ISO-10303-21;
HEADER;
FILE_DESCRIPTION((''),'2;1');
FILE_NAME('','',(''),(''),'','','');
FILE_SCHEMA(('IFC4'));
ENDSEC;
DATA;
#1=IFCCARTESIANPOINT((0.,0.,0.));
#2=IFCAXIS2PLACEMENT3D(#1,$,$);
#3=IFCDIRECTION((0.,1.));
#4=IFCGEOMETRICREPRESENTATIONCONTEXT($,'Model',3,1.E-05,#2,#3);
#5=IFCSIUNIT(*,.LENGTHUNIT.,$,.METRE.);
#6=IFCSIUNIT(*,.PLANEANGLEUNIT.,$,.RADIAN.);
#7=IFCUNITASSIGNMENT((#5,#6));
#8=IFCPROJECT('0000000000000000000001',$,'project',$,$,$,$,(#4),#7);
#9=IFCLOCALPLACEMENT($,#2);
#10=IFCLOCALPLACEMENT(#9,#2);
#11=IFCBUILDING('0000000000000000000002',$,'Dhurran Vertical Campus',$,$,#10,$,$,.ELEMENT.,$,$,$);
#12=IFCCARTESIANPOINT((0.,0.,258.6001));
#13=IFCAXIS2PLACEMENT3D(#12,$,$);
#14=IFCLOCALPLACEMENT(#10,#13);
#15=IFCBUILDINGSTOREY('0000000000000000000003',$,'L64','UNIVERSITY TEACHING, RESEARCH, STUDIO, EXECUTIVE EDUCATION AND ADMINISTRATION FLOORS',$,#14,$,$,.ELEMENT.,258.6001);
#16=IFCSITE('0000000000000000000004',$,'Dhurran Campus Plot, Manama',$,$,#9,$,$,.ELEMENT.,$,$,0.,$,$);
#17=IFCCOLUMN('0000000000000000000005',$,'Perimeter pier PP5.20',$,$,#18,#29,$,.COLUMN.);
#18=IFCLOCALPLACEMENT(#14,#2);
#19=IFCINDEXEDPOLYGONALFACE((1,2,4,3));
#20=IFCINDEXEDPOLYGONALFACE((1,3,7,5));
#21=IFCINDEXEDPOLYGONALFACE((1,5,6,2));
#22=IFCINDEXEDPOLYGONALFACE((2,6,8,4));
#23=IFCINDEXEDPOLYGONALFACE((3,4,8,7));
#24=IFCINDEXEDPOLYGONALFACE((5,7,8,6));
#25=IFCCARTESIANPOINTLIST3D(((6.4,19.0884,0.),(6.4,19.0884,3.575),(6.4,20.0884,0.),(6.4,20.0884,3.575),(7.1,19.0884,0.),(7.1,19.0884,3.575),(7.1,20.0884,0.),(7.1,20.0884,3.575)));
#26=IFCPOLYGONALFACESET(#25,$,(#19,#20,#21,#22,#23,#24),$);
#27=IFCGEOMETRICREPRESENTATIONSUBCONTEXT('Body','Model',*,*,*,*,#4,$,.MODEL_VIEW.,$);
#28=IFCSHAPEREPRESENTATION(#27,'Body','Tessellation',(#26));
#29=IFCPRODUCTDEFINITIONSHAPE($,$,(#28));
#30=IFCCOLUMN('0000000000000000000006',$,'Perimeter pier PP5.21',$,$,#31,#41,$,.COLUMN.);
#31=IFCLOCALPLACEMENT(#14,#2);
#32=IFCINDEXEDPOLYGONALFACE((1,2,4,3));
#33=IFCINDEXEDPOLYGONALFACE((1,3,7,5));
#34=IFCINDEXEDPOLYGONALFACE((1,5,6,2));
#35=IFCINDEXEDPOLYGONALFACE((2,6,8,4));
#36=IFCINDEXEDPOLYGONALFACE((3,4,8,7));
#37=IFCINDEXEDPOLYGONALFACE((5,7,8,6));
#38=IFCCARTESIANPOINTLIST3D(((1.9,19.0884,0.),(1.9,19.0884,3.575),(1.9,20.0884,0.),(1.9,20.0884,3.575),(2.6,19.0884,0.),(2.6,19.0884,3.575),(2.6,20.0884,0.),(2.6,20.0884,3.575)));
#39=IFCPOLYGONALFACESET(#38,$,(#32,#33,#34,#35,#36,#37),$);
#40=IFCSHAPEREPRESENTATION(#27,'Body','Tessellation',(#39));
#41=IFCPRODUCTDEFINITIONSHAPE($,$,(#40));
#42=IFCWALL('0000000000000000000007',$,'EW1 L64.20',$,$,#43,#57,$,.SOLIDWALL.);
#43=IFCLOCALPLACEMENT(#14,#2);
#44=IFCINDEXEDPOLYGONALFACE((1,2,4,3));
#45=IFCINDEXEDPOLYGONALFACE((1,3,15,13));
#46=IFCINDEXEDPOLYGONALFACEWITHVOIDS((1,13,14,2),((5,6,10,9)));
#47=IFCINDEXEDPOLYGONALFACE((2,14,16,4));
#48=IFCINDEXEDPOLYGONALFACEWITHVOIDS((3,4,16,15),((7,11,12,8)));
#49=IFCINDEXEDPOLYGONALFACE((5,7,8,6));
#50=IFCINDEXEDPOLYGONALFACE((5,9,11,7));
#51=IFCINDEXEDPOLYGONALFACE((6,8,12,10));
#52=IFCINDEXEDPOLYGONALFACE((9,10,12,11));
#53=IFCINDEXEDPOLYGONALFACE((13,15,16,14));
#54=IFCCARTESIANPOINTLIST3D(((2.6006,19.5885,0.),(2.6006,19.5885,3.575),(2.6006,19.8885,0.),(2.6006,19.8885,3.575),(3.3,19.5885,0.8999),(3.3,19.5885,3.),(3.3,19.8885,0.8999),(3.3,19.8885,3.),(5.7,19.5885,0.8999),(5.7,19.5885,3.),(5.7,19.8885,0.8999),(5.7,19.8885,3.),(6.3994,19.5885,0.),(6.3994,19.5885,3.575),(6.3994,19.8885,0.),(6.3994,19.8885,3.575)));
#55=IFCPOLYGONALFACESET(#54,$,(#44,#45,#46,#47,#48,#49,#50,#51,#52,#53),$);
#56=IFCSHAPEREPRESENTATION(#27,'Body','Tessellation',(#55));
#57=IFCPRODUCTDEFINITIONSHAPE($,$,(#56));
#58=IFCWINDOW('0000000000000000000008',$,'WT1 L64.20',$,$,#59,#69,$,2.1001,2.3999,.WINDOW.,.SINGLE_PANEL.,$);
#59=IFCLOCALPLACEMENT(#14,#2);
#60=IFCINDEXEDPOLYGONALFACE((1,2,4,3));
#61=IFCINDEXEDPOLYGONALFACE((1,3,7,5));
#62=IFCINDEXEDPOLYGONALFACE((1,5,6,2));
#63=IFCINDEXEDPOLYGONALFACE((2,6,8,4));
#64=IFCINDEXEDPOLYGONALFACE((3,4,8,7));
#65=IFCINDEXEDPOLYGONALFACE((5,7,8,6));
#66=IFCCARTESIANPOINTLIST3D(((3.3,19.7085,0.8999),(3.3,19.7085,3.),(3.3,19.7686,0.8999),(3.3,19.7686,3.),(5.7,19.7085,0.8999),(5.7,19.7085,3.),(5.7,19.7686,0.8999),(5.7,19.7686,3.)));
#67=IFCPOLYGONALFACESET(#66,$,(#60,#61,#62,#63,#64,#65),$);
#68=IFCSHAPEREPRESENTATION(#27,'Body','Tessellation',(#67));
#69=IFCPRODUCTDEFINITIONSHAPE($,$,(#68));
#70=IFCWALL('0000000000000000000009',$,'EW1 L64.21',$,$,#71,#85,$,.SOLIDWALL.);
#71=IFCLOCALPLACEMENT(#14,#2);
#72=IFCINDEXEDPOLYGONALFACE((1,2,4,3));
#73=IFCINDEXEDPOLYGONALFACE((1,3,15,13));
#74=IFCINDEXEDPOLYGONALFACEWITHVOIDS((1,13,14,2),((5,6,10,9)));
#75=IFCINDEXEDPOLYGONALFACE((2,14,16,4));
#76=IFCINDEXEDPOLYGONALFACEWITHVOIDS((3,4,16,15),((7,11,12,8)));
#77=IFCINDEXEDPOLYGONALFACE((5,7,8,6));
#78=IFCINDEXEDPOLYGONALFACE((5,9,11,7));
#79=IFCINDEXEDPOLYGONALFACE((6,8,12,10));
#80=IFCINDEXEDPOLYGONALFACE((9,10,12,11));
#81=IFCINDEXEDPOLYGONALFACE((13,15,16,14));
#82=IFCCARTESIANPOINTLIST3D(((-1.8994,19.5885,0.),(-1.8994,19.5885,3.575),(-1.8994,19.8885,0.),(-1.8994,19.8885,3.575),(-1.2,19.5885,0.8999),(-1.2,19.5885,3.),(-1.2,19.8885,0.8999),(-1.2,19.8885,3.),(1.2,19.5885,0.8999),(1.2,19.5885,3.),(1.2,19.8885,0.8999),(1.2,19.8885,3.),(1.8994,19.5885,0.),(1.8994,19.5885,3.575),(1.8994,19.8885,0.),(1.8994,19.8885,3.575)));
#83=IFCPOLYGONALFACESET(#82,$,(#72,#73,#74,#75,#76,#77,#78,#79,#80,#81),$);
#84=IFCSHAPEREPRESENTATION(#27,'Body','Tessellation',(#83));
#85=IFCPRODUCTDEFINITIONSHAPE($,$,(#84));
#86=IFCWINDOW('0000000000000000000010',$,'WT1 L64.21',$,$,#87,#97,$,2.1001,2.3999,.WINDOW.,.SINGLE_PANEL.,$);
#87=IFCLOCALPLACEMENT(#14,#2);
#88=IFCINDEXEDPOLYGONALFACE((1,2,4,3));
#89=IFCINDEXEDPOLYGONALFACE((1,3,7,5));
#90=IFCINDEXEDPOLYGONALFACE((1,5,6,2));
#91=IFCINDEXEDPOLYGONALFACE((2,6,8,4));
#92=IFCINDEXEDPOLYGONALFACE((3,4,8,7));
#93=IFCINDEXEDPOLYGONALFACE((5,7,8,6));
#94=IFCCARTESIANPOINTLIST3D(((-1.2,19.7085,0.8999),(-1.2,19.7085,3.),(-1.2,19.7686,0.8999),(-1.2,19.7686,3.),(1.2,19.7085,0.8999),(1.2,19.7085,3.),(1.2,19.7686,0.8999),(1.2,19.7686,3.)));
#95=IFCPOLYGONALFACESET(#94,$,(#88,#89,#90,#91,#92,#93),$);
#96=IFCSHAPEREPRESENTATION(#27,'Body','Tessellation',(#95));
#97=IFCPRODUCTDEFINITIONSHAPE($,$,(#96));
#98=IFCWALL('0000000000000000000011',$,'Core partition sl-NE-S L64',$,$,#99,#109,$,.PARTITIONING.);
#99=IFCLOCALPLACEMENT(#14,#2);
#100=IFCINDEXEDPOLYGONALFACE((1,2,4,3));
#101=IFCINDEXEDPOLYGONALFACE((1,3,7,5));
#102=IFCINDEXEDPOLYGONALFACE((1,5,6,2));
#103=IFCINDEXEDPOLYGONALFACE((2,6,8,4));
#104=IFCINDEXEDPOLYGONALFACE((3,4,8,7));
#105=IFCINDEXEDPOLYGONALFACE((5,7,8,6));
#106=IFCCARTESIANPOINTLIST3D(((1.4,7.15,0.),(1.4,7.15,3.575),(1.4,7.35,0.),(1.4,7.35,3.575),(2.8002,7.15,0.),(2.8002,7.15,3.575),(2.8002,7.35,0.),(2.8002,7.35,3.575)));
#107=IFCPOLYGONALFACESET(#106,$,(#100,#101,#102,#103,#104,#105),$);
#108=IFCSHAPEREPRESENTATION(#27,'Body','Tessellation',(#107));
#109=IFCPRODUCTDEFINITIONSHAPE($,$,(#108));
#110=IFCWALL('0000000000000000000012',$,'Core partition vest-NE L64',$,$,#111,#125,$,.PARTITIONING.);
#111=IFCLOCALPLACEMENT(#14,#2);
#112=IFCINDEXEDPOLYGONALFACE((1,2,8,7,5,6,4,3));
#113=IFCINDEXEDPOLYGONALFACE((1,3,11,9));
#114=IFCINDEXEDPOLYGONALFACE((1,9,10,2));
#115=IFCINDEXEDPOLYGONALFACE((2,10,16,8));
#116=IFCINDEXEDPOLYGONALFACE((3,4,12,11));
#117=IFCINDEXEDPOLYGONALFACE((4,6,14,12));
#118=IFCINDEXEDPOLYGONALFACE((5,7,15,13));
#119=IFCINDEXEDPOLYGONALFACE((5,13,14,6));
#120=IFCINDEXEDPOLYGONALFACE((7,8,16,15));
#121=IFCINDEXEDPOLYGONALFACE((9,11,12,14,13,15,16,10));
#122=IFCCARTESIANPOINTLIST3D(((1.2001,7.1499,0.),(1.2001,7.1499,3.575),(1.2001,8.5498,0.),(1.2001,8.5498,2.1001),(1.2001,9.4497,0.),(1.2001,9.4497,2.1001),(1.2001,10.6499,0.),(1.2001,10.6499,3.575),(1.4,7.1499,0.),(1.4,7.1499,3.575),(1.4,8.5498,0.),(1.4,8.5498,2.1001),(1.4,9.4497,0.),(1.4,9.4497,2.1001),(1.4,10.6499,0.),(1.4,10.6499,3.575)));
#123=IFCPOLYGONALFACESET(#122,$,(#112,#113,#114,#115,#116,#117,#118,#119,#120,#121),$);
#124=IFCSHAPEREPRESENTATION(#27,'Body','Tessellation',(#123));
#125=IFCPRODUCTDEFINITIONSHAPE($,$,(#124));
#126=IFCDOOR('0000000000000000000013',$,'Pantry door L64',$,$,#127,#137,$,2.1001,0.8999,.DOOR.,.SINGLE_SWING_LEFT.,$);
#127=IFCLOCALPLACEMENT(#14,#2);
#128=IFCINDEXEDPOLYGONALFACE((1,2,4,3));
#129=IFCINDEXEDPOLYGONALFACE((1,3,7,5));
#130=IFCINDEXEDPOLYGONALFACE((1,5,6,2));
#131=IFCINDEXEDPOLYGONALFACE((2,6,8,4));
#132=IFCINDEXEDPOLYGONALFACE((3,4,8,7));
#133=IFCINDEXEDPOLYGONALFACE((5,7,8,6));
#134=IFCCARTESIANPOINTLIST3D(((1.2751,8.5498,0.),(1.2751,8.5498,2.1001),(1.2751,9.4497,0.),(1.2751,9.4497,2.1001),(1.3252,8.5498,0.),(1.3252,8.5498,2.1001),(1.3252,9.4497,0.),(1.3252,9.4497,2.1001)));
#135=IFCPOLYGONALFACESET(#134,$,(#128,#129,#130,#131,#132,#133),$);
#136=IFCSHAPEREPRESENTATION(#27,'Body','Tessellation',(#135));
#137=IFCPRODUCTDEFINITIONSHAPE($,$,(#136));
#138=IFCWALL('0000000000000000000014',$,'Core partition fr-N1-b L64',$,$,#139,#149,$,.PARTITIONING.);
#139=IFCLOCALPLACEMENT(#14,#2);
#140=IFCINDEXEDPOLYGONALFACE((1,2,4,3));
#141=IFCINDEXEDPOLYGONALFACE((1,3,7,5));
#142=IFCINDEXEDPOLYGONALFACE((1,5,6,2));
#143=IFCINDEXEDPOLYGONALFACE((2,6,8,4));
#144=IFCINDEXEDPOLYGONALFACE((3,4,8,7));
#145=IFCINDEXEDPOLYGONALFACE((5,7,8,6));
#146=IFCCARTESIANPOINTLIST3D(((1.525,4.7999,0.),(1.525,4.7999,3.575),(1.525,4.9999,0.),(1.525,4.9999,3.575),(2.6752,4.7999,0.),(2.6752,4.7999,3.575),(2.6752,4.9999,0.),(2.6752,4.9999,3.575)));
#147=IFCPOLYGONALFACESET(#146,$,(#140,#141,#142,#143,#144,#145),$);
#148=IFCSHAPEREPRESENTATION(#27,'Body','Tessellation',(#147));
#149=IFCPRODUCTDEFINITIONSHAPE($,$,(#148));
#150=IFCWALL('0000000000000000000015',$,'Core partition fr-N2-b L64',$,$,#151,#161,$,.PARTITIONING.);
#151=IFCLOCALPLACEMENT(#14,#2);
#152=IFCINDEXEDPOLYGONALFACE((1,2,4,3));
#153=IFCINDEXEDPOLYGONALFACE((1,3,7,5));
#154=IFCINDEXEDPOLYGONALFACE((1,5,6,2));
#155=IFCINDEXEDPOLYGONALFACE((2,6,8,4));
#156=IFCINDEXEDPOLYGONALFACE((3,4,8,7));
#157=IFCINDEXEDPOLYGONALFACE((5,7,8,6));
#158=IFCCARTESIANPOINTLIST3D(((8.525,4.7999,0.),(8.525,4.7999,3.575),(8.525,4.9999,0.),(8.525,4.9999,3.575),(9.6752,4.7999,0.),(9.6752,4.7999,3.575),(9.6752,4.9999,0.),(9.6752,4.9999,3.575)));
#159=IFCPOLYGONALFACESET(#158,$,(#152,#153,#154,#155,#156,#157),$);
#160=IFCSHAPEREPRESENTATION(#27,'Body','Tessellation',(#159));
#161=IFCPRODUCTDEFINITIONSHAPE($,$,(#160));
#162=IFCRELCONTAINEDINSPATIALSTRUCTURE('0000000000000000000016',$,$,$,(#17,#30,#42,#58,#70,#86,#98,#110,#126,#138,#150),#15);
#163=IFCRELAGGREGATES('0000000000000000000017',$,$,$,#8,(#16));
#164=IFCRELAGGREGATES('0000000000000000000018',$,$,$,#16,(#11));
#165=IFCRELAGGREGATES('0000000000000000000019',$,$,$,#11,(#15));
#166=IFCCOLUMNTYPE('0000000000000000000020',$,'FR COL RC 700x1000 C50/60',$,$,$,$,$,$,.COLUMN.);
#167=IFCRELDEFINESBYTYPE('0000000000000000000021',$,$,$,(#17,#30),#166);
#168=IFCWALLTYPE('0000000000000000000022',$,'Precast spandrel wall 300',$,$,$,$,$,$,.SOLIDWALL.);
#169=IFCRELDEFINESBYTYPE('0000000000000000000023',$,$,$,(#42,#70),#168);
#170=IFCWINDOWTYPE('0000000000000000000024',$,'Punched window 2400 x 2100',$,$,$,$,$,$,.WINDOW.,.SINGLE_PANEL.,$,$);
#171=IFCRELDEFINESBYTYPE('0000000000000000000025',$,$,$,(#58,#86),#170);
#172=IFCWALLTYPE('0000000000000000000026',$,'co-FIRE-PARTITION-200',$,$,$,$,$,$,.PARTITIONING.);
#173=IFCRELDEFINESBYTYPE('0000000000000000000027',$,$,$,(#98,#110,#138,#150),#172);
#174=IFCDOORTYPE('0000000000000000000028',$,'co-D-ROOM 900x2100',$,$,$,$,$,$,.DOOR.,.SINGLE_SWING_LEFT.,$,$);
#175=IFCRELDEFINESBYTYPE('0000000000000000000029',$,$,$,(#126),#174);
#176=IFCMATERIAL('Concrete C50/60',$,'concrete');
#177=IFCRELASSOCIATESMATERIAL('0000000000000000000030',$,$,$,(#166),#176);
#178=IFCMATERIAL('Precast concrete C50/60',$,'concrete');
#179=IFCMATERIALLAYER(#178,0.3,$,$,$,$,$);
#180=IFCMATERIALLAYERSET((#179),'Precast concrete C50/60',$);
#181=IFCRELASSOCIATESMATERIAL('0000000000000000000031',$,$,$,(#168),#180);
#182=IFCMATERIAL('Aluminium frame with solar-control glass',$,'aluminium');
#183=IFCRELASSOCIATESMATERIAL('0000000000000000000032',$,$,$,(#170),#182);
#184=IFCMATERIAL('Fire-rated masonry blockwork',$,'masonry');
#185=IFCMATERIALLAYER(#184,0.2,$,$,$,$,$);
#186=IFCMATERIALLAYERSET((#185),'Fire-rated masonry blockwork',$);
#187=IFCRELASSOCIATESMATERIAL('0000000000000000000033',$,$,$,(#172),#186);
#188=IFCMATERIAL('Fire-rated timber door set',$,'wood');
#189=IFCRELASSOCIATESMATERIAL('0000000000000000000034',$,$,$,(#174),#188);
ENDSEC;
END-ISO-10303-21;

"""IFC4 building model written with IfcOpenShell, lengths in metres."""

from ifc_helpers import new_model, si_unit, direction, frame, frame_2d, origin, origin_2d, place, context, subcontext, project, spatial, rectangle, extrude, material, layer, layer_set, material_profile, profile_set, type_object, element, fill, save


model = new_model("IFC4")

# Units and contexts
model_context = context("Model", 3, precision=1e-05, world=origin(), true_north=direction((0.0, 1.0)))
body_context = subcontext(model_context, "Body", "Model", "MODEL_VIEW")
ifc_project = project(units=[si_unit("LENGTHUNIT", "METRE"), si_unit("PLANEANGLEUNIT", "RADIAN")], contexts=[model_context])

# Site, building, storey
site_placement = place(None, origin())
site = spatial("IfcSite", under=ifc_project, at=site_placement, Name="Dhurran Campus Plot, Manama", CompositionType="ELEMENT", RefElevation=0.0)
building_placement = place(site_placement, origin())
building = spatial("IfcBuilding", under=site, at=building_placement, Name="Dhurran Vertical Campus", CompositionType="ELEMENT")
storey_placement = place(building_placement, frame((0.0, 0.0, 258.6001)))
storey = spatial("IfcBuildingStorey", under=building, at=storey_placement, Name="L64", Description="UNIVERSITY TEACHING, RESEARCH, STUDIO, EXECUTIVE EDUCATION AND ADMINISTRATION FLOORS", CompositionType="ELEMENT", Elevation=258.6001)

# Columns
ifc_material_1 = material(Name="Concrete C50/60", Category="concrete")
ifc_material_profile = material_profile(ifc_material_1, rectangle(XDim=0.7, YDim=1.0, at=origin_2d()), Name="RC 700x1000")
ifc_profile_set = profile_set([ifc_material_profile], Name="Concrete C50/60")
column_type = type_object("IfcColumnType", Name="FR COL RC 700x1000 C50/60", PredefinedType="COLUMN", material=ifc_profile_set)
for number, where, z_axis, x_axis, name in (
    (1, (6.75, 19.5884, 0.0), (0.0, 0.0, 1.0), (-1.0, 0.0, 0.0), "Perimeter pier PP5.20"),
    (2, (2.25, 19.5884, 0.0), (0.0, 0.0, 1.0), (-1.0, 0.0, 0.0), "Perimeter pier PP5.21"),
):
    element("IfcColumn", number, at=place(storey_placement, frame(where, z_axis=z_axis, x_axis=x_axis)), inside=storey, type_object=column_type, Name=name, PredefinedType="COLUMN", context=body_context, shape_type="SweptSolid", body=[
        extrude(rectangle(XDim=0.7, YDim=1.0, at=origin_2d()), origin(), (0.0, 0.0, 1.0), 3.575),
    ])

# Walls, openings, windows
ifc_material_2 = material(Name="Precast concrete C50/60", Category="concrete")
ifc_layer_1 = layer(ifc_material_2, 0.3)
ifc_layer_set_1 = layer_set([ifc_layer_1], Name="Precast concrete C50/60")
wall_type_1 = type_object("IfcWallType", Name="Precast spandrel wall 300", PredefinedType="SOLIDWALL", material=ifc_layer_set_1)
wall_1_placement = place(storey_placement, frame((6.3994, 19.7385, 0.0), z_axis=(0.0, 0.0, 1.0), x_axis=(-1.0, 0.0, 0.0)))
wall_1 = element("IfcWall", 3, at=wall_1_placement, inside=storey, type_object=wall_type_1, Name="EW1 L64.20", PredefinedType="SOLIDWALL", context=body_context, shape_type="SweptSolid", body=[
    extrude(rectangle(XDim=3.7988, YDim=0.3, at=frame_2d((1.8994, 0.0))), origin(), (0.0, 0.0, 1.0), 3.575),
])
opening_1_placement = place(wall_1_placement, frame((0.6995, 0.0, 0.8999)))
opening_1 = element("IfcOpeningElement", 4, at=opening_1_placement, cuts=wall_1, PredefinedType="OPENING", context=body_context, shape_type="SweptSolid", body=[
    extrude(rectangle(XDim=2.3999, YDim=2.1001, at=frame_2d((1.2, 1.05))), frame((0.0, 0.1599, 0.0), z_axis=(0.0, -1.0, 0.0), x_axis=(1.0, 0.0, 0.0)), (0.0, 0.0, 1.0), 0.3201),
])
ifc_material_3 = material(Name="Aluminium frame with solar-control glass", Category="aluminium")
window_type = type_object("IfcWindowType", Name="Punched window 2400 x 2100", PartitioningType="SINGLE_PANEL", PredefinedType="WINDOW", material=ifc_material_3)
window_1_placement = place(opening_1_placement, origin())
window_1 = element("IfcWindow", 5, at=window_1_placement, inside=storey, type_object=window_type, Name="WT1 L64.20", OverallHeight=2.1001, OverallWidth=2.3999, PartitioningType="SINGLE_PANEL", PredefinedType="WINDOW", context=body_context, shape_type="SweptSolid", body=[
    extrude(rectangle(XDim=2.3999, YDim=2.1001, at=frame_2d((1.2, 1.05))), frame((0.0, 0.03, 0.0), z_axis=(0.0, -1.0, 0.0), x_axis=(1.0, 0.0, 0.0)), (0.0, 0.0, 1.0), 0.0601),
])
fill(opening_1, window_1)
wall_2_placement = place(storey_placement, frame((1.8994, 19.7385, 0.0), z_axis=(0.0, 0.0, 1.0), x_axis=(-1.0, 0.0, 0.0)))
wall_2 = element("IfcWall", 6, at=wall_2_placement, inside=storey, type_object=wall_type_1, Name="EW1 L64.21", PredefinedType="SOLIDWALL", context=body_context, shape_type="SweptSolid", body=[
    extrude(rectangle(XDim=3.7988, YDim=0.3, at=frame_2d((1.8994, 0.0))), origin(), (0.0, 0.0, 1.0), 3.575),
])
opening_2_placement = place(wall_2_placement, frame((0.6995, 0.0, 0.8999)))
opening_2 = element("IfcOpeningElement", 7, at=opening_2_placement, cuts=wall_2, PredefinedType="OPENING", context=body_context, shape_type="SweptSolid", body=[
    extrude(rectangle(XDim=2.3999, YDim=2.1001, at=frame_2d((1.2, 1.05))), frame((0.0, 0.1599, 0.0), z_axis=(0.0, -1.0, 0.0), x_axis=(1.0, 0.0, 0.0)), (0.0, 0.0, 1.0), 0.3201),
])
window_2_placement = place(opening_2_placement, origin())
window_2 = element("IfcWindow", 8, at=window_2_placement, inside=storey, type_object=window_type, Name="WT1 L64.21", OverallHeight=2.1001, OverallWidth=2.3999, PartitioningType="SINGLE_PANEL", PredefinedType="WINDOW", context=body_context, shape_type="SweptSolid", body=[
    extrude(rectangle(XDim=2.3999, YDim=2.1001, at=frame_2d((1.2, 1.05))), frame((0.0, 0.03, 0.0), z_axis=(0.0, -1.0, 0.0), x_axis=(1.0, 0.0, 0.0)), (0.0, 0.0, 1.0), 0.0601),
])
fill(opening_2, window_2)

# Wall
ifc_material_4 = material(Name="Fire-rated masonry blockwork", Category="masonry")
ifc_layer_2 = layer(ifc_material_4, 0.2)
ifc_layer_set_2 = layer_set([ifc_layer_2], Name="Fire-rated masonry blockwork")
wall_type_2 = type_object("IfcWallType", Name="co-FIRE-PARTITION-200", PredefinedType="PARTITIONING", material=ifc_layer_set_2)
wall_3_placement = place(storey_placement, frame((1.3999, 7.25, 0.0), z_axis=(0.0, 0.0, 1.0), x_axis=(1.0, 0.0, 0.0)))
element("IfcWall", 9, at=wall_3_placement, inside=storey, type_object=wall_type_2, Name="Core partition sl-NE-S L64", PredefinedType="PARTITIONING", context=body_context, shape_type="SweptSolid", body=[
    extrude(rectangle(XDim=1.4001, YDim=0.2, at=frame_2d((0.7002, 0.0))), origin(), (0.0, 0.0, 1.0), 3.575),
])

# Wall, opening, door
wall_4_placement = place(storey_placement, frame((1.3, 7.1499, 0.0), z_axis=(0.0, 0.0, 1.0), x_axis=(0.0, 1.0, 0.0)))
wall_4 = element("IfcWall", 10, at=wall_4_placement, inside=storey, type_object=wall_type_2, Name="Core partition vest-NE L64", PredefinedType="PARTITIONING", context=body_context, shape_type="SweptSolid", body=[
    extrude(rectangle(XDim=3.5, YDim=0.2, at=frame_2d((1.75, 0.0))), origin(), (0.0, 0.0, 1.0), 3.575),
])
opening_3_placement = place(wall_4_placement, frame((1.3999, 0.0, 0.0)))
opening_3 = element("IfcOpeningElement", 11, at=opening_3_placement, cuts=wall_4, PredefinedType="OPENING", context=body_context, shape_type="SweptSolid", body=[
    extrude(rectangle(XDim=0.8999, YDim=2.1001, at=frame_2d((0.45, 1.05))), frame((0.0, 0.1099, 0.0), z_axis=(0.0, -1.0, 0.0), x_axis=(1.0, 0.0, 0.0)), (0.0, 0.0, 1.0), 0.22),
])
ifc_material_5 = material(Name="Fire-rated timber door set", Category="wood")
door_type_1 = type_object("IfcDoorType", Name="co-D-ROOM 900x2100", OperationType="SINGLE_SWING_LEFT", PredefinedType="DOOR", material=ifc_material_5)
door_1_placement = place(opening_3_placement, origin())
door_1 = element("IfcDoor", 12, at=door_1_placement, inside=storey, type_object=door_type_1, Name="Pantry door L64", OperationType="SINGLE_SWING_LEFT", OverallHeight=2.1001, OverallWidth=0.8999, PredefinedType="DOOR", context=body_context, shape_type="SweptSolid", body=[
    extrude(rectangle(XDim=0.8999, YDim=2.1001, at=frame_2d((0.45, 1.05))), frame((0.0, 0.0249, 0.0), z_axis=(0.0, -1.0, 0.0), x_axis=(1.0, 0.0, 0.0)), (0.0, 0.0, 1.0), 0.05),
])
fill(opening_3, door_1)

# Walls
for number, where, z_axis, x_axis, name in (
    (13, (1.5249, 4.8999, 0.0), (0.0, 0.0, 1.0), (1.0, 0.0, 0.0), "Core partition fr-N1-b L64"),
    (14, (8.5249, 4.8999, 0.0), (0.0, 0.0, 1.0), (1.0, 0.0, 0.0), "Core partition fr-N2-b L64"),
):
    element("IfcWall", number, at=place(storey_placement, frame(where, z_axis=z_axis, x_axis=x_axis)), inside=storey, type_object=wall_type_2, Name=name, PredefinedType="PARTITIONING", context=body_context, shape_type="SweptSolid", body=[
        extrude(rectangle(XDim=1.1501, YDim=0.2, at=frame_2d((0.5752, 0.0))), origin(), (0.0, 0.0, 1.0), 3.575),
    ])

save(model, "model.ifc")
